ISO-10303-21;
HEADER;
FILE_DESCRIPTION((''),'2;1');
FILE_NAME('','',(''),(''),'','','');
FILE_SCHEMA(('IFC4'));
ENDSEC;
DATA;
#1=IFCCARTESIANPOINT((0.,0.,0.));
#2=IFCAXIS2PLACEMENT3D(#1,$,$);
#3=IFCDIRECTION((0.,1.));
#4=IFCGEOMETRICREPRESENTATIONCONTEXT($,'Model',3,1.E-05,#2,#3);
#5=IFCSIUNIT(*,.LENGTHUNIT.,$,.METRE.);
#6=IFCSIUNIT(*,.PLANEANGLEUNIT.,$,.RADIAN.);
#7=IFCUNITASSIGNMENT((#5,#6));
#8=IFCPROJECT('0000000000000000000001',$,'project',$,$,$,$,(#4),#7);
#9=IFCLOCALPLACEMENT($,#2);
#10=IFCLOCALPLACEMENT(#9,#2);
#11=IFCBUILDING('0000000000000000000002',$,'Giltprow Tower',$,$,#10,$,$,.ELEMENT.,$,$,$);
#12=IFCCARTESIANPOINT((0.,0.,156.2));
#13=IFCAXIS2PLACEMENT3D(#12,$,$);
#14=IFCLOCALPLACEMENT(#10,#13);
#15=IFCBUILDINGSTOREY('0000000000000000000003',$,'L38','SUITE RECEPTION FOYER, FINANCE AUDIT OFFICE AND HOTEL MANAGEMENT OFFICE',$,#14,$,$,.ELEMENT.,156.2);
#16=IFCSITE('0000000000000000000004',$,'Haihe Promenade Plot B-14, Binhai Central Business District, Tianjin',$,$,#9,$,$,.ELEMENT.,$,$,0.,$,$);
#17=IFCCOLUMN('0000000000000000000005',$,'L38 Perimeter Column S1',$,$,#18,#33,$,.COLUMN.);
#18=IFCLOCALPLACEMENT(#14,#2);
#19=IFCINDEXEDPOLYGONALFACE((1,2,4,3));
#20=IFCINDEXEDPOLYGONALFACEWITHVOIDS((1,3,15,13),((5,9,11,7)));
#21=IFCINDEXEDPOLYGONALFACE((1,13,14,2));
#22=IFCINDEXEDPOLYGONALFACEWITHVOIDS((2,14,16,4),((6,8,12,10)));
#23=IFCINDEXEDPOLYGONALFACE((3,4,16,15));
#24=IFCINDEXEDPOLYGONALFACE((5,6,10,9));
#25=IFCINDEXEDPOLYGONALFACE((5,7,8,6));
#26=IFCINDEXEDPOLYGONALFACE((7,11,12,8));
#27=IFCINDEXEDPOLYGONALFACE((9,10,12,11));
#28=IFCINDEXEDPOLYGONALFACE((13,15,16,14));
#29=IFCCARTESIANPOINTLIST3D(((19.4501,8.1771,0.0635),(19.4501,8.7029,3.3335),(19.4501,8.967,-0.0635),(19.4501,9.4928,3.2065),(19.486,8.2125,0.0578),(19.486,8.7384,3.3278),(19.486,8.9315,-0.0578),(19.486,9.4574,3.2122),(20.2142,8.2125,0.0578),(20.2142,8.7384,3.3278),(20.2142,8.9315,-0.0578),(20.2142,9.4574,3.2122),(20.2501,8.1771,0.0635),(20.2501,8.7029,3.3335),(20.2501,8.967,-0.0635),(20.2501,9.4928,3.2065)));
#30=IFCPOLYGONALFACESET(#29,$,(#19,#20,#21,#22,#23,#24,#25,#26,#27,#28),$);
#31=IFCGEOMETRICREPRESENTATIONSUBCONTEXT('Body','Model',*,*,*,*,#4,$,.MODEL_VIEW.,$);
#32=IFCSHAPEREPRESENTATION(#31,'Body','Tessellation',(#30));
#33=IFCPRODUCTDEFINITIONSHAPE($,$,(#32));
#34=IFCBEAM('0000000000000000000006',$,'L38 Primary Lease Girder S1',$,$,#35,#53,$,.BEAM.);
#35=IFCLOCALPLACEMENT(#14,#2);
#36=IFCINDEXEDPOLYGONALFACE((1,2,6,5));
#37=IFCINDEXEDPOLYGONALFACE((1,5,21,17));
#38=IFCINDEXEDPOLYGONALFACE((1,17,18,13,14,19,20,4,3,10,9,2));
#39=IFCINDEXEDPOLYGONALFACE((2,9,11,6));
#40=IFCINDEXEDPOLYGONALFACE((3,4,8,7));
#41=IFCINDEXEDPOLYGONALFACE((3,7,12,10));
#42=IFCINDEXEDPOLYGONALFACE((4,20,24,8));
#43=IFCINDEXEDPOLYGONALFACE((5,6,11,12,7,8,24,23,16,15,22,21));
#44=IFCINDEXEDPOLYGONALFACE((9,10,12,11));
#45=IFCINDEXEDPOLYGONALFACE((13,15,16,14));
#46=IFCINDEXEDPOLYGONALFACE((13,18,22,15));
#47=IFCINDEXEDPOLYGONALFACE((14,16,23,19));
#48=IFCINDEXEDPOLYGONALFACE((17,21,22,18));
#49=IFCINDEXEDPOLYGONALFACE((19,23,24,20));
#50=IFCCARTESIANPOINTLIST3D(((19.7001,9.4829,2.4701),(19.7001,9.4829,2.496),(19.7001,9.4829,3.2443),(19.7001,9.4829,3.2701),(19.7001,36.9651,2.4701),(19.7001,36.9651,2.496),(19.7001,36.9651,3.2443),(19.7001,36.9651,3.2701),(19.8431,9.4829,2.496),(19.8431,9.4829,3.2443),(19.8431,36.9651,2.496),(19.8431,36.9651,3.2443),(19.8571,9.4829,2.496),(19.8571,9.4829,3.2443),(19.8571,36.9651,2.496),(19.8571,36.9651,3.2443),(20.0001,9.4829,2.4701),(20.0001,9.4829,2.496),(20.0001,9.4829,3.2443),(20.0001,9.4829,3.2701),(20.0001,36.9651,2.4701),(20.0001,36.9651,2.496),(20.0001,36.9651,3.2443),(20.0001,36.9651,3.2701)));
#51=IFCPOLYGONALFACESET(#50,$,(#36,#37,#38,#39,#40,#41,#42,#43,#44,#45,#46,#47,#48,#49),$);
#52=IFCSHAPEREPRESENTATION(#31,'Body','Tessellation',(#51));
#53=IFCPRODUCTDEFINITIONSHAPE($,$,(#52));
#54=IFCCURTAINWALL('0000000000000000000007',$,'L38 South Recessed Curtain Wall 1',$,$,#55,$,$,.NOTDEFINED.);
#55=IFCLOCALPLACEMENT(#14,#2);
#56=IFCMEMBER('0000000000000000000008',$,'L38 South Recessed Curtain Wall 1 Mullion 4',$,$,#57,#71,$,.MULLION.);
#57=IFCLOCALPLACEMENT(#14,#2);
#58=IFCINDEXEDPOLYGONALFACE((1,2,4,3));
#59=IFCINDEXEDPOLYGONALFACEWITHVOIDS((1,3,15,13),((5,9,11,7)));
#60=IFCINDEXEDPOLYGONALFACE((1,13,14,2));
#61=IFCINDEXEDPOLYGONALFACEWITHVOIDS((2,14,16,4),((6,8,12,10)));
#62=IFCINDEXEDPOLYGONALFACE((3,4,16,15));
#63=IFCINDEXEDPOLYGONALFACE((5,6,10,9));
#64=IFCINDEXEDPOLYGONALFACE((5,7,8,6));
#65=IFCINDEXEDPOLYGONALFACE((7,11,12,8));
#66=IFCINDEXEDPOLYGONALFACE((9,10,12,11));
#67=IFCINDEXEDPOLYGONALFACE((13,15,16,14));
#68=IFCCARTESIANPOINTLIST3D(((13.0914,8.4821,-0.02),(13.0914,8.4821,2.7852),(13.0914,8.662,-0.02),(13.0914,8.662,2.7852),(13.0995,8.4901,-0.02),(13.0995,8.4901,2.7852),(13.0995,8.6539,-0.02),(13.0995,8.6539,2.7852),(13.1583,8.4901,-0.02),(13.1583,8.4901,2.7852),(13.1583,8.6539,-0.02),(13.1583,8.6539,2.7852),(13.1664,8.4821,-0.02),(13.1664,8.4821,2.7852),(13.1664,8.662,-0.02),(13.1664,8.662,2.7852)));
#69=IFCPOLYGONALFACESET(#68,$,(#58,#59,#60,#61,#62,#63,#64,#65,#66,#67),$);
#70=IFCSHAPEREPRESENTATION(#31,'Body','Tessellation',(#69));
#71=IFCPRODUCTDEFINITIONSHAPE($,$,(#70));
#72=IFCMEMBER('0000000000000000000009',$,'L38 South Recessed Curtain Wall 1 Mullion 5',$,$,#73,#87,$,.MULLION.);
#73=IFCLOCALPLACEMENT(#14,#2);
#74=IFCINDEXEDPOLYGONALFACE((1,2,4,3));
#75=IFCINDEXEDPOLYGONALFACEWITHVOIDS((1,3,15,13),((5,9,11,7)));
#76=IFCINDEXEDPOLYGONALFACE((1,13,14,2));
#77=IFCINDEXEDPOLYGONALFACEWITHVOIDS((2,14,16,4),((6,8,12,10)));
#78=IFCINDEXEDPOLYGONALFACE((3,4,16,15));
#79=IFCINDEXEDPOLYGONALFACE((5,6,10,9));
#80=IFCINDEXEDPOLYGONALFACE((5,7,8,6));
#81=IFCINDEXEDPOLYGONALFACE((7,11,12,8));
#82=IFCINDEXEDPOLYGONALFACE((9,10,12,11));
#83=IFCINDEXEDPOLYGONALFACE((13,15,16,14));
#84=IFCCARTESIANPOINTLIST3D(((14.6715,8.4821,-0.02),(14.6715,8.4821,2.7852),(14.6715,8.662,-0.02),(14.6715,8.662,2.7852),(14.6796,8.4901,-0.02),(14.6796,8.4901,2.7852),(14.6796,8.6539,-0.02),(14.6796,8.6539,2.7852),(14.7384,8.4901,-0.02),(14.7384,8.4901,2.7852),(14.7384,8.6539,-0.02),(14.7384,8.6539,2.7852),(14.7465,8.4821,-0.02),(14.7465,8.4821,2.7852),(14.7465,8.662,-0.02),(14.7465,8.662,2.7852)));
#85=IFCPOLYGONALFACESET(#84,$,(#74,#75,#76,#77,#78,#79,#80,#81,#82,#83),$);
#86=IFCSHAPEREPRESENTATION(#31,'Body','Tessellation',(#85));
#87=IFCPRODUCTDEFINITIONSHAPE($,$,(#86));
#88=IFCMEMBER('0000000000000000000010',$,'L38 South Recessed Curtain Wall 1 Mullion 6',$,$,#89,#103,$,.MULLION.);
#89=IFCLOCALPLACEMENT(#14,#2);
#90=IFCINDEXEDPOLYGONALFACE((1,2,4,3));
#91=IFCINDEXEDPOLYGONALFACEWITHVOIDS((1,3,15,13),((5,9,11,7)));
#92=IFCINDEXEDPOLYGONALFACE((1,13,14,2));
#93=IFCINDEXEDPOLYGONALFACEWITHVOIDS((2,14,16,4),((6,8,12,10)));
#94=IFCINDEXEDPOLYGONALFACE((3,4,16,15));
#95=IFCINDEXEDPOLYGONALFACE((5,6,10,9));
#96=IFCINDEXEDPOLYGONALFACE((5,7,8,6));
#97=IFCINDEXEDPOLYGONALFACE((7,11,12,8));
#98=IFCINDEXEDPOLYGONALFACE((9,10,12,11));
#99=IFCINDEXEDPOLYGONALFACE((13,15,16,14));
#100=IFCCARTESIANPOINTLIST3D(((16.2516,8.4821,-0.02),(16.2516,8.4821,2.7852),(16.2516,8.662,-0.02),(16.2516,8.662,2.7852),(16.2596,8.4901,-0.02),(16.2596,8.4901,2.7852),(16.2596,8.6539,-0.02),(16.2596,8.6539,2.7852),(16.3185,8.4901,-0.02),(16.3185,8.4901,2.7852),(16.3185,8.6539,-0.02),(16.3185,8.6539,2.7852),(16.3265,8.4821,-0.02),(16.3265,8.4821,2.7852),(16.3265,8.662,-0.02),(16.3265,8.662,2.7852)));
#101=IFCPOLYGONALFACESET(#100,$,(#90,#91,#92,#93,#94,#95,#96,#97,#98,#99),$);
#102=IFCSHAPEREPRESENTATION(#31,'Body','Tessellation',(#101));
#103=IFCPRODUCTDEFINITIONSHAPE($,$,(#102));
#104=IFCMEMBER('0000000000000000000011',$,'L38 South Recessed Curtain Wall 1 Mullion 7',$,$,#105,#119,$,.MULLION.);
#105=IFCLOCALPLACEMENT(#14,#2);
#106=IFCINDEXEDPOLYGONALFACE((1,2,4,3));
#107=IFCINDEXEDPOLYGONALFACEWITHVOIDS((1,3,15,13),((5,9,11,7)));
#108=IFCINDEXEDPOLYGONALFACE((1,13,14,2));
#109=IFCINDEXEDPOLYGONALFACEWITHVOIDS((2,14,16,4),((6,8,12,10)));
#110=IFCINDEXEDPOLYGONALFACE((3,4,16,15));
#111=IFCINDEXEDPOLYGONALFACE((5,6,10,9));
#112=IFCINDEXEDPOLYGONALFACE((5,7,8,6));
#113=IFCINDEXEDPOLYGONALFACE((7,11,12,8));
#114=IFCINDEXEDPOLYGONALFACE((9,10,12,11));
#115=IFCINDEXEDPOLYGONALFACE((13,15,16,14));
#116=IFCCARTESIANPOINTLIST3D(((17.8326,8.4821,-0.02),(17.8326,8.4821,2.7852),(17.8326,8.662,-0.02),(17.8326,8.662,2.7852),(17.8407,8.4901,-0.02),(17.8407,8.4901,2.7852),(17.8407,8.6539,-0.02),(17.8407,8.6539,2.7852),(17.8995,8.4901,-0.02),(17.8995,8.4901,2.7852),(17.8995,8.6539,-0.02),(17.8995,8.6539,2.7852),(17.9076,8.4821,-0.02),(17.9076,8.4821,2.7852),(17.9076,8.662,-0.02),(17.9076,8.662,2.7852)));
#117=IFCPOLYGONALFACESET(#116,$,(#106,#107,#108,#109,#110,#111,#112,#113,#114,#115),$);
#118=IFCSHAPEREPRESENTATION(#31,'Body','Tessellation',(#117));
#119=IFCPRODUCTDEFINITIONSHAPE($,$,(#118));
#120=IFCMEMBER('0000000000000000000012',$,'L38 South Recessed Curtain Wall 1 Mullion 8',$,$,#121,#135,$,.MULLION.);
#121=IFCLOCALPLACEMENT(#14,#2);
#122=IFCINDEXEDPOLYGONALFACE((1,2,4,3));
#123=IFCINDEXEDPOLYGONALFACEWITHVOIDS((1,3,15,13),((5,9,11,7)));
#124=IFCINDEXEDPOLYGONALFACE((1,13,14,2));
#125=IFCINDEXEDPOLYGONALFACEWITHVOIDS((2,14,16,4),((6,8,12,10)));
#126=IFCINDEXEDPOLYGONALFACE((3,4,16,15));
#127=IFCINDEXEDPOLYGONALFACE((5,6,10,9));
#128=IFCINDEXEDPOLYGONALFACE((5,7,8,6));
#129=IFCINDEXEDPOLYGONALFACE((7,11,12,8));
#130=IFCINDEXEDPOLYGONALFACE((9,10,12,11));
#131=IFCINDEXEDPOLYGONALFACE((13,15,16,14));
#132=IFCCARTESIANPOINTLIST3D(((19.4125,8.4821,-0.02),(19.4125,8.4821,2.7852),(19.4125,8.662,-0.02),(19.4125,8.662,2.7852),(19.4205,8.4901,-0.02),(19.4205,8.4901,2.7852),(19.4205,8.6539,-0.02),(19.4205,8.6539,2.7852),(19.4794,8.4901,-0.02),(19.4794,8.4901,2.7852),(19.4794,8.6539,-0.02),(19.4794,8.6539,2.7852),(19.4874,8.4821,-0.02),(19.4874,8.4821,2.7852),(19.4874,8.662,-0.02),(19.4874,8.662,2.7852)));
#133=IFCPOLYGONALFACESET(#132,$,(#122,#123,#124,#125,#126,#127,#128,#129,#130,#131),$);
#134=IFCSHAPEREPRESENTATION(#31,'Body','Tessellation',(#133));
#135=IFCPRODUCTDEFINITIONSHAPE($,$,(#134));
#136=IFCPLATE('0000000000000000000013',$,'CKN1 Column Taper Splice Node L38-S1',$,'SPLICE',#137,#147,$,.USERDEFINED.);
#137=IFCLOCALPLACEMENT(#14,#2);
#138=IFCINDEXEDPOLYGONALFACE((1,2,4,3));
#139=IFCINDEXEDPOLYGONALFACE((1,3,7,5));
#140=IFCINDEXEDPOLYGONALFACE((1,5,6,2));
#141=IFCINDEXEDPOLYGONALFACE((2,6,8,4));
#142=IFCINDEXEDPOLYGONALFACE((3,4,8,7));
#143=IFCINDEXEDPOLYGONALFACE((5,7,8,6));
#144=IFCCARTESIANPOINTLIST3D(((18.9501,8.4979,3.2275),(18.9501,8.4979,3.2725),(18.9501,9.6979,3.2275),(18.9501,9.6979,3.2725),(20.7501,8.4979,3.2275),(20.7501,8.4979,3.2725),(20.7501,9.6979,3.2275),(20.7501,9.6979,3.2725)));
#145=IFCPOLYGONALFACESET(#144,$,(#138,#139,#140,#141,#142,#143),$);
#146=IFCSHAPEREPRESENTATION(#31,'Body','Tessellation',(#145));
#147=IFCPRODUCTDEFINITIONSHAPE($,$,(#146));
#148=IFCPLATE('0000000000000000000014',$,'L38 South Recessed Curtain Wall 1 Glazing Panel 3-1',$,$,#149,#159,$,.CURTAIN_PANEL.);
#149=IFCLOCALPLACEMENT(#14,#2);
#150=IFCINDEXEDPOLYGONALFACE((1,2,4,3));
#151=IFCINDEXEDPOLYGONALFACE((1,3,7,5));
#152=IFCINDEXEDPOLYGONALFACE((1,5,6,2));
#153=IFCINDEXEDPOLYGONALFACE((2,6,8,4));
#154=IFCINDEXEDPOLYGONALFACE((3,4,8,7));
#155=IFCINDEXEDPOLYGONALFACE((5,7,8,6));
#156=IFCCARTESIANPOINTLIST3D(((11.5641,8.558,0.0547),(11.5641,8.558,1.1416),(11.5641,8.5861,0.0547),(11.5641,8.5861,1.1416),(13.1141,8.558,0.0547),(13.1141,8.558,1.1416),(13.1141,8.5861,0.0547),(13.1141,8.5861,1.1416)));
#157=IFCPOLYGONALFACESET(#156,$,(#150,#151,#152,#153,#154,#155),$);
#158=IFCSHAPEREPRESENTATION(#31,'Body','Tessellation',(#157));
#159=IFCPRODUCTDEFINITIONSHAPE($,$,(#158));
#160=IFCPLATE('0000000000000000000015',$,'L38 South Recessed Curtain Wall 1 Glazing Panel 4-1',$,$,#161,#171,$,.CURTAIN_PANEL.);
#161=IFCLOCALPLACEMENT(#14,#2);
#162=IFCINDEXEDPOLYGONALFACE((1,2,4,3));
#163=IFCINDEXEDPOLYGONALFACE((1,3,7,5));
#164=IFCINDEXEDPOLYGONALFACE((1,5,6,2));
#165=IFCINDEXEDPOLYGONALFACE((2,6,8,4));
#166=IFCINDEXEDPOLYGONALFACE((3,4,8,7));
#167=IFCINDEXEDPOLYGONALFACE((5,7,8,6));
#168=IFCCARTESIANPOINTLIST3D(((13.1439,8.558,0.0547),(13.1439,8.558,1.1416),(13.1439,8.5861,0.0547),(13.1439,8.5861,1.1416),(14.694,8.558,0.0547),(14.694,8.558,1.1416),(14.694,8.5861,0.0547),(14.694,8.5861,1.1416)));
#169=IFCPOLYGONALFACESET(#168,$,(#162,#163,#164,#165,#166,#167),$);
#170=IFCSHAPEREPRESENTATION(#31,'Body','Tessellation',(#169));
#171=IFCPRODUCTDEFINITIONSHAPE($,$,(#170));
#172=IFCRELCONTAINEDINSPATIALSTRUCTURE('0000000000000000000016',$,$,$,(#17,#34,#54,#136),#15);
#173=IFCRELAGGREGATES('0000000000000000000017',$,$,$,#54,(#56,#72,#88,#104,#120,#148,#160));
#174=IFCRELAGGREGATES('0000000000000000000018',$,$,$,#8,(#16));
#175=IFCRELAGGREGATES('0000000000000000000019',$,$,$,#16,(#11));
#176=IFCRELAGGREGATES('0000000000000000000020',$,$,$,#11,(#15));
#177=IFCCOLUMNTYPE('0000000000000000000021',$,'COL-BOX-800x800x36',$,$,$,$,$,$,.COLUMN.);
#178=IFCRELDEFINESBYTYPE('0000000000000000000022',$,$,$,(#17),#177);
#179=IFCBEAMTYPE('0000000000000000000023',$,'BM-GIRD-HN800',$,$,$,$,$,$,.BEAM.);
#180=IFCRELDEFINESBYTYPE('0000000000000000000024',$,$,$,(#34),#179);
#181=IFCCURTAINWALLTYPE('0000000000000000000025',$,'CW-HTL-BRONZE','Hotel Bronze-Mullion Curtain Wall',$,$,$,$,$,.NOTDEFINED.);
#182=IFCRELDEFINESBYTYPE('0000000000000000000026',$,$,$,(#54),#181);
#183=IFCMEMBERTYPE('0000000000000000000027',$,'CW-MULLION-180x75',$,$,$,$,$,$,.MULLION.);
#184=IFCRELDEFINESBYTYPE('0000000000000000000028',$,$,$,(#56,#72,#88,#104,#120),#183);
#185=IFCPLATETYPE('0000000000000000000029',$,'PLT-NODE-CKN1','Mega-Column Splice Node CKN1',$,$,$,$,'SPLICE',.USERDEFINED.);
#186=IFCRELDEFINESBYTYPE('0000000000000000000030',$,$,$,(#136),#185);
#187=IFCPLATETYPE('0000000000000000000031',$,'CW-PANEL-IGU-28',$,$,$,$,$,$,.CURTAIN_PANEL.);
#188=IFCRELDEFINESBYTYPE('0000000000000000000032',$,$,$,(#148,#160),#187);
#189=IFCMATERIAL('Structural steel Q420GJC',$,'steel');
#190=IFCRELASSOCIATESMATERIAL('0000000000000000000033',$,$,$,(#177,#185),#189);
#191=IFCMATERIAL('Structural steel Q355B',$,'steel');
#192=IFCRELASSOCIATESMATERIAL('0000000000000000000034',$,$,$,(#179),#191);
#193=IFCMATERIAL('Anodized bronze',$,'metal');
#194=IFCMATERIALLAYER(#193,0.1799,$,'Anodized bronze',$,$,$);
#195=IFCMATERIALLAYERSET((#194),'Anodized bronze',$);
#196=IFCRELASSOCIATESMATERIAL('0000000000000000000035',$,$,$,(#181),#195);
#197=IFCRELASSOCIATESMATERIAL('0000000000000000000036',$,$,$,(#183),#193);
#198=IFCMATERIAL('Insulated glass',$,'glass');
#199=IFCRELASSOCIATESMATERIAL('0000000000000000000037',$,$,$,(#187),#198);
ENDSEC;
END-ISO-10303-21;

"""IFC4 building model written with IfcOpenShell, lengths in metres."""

from ifc_helpers import new_model, si_unit, direction, frame, origin, origin_2d, place, context, subcontext, project, spatial, rectangle, hollow_rectangle, i_section, extrude, source, transform, mapped, material, layer, layer_set, material_profile, profile_set, type_object, element, aggregate, save


model = new_model("IFC4")

# Units and contexts
model_context = context("Model", 3, precision=1e-05, world=origin(), true_north=direction((0.0, 1.0)))
body_context = subcontext(model_context, "Body", "Model", "MODEL_VIEW")
ifc_project = project(units=[si_unit("LENGTHUNIT", "METRE"), si_unit("PLANEANGLEUNIT", "RADIAN")], contexts=[model_context])

# Site, building, storey
site_placement = place(None, origin())
site = spatial("IfcSite", under=ifc_project, at=site_placement, Name="Haihe Promenade Plot B-14, Binhai Central Business District, Tianjin", CompositionType="ELEMENT", RefElevation=0.0)
building_placement = place(site_placement, origin())
building = spatial("IfcBuilding", under=site, at=building_placement, Name="Giltprow Tower", CompositionType="ELEMENT")
storey_placement = place(building_placement, frame((0.0, 0.0, 156.2)))
storey = spatial("IfcBuildingStorey", under=building, at=storey_placement, Name="L38", Description="SUITE RECEPTION FOYER, FINANCE AUDIT OFFICE AND HOTEL MANAGEMENT OFFICE", CompositionType="ELEMENT", Elevation=156.2)

# Column
ifc_material_1 = material(Name="Structural steel Q420GJC", Category="steel")
ifc_material_profile_1 = material_profile(ifc_material_1, hollow_rectangle(XDim=0.8, YDim=0.8, WallThickness=0.0359, at=origin_2d()), Name="BOX 800x800x36")
ifc_profile_set_1 = profile_set([ifc_material_profile_1], Name="Structural steel Q420GJC")
column_type = type_object("IfcColumnType", Name="COL-BOX-800x800x36", PredefinedType="COLUMN", material=ifc_profile_set_1)
shared_shape_1 = source(origin(), body_context, "Body", "SweptSolid", [
    extrude(hollow_rectangle(XDim=0.8, YDim=0.8, WallThickness=0.0359, at=origin_2d()), origin(), (0.0, 0.0, 1.0), 3.312),
])
column_placement = place(storey_placement, frame((19.8501, 8.572, 0.0), z_axis=(0.0, 0.158778, 0.987314), x_axis=(-1.0, 0.0, 0.0)))
element("IfcColumn", 1, at=column_placement, inside=storey, type_object=column_type, Name="L38 Perimeter Column S1", PredefinedType="COLUMN", context=body_context, shape_type="MappedRepresentation", body=[
    mapped(shared_shape_1, transform((0.0, 0.0, 0.0), x_axis=(1.0, 0.0, 0.0), y_axis=(0.0, 1.0, 0.0), z_axis=(0.0, 0.0, 1.0), scale=1.0)),
])

# Beam
ifc_material_2 = material(Name="Structural steel Q355B", Category="steel")
ifc_material_profile_2 = material_profile(ifc_material_2, i_section(OverallWidth=0.3, OverallDepth=0.8, WebThickness=0.0139, FlangeThickness=0.0259, at=origin_2d()), Name="HN 800x300x14x26")
ifc_profile_set_2 = profile_set([ifc_material_profile_2], Name="Structural steel Q355B")
beam_type = type_object("IfcBeamType", Name="BM-GIRD-HN800", PredefinedType="BEAM", material=ifc_profile_set_2)
shared_shape_2 = source(origin(), body_context, "Body", "SweptSolid", [
    extrude(i_section(OverallWidth=0.3, OverallDepth=0.8, WebThickness=0.0139, FlangeThickness=0.0259, at=origin_2d()), origin(), (0.0, 0.0, 1.0), 27.4822),
])
beam_placement = place(storey_placement, frame((19.8501, 9.4829, 2.8701), z_axis=(0.0, 1.0, 0.0), x_axis=(-1.0, 0.0, 0.0)))
element("IfcBeam", 2, at=beam_placement, inside=storey, type_object=beam_type, Name="L38 Primary Lease Girder S1", PredefinedType="BEAM", context=body_context, shape_type="MappedRepresentation", body=[
    mapped(shared_shape_2, transform((0.0, 0.0, 0.0), x_axis=(1.0, 0.0, 0.0), y_axis=(0.0, 1.0, 0.0), z_axis=(0.0, 0.0, 1.0), scale=1.0)),
])

# Curtain wall, members
ifc_material_3 = material(Name="Anodized bronze", Category="metal")
ifc_layer = layer(ifc_material_3, 0.1799, Name="Anodized bronze")
ifc_layer_set = layer_set([ifc_layer], Name="Anodized bronze")
curtain_wall_type = type_object("IfcCurtainWallType", Name="CW-HTL-BRONZE", Description="Hotel Bronze-Mullion Curtain Wall", PredefinedType="NOTDEFINED", material=ifc_layer_set)
curtain_wall_placement = place(storey_placement, origin())
curtain_wall = element("IfcCurtainWall", 3, at=curtain_wall_placement, inside=storey, type_object=curtain_wall_type, Name="L38 South Recessed Curtain Wall 1", PredefinedType="NOTDEFINED")
ifc_material_profile_3 = material_profile(ifc_material_3, hollow_rectangle(XDim=0.075, YDim=0.1799, WallThickness=0.0081, at=origin_2d()), Name="RHS 180x75x8")
ifc_profile_set_3 = profile_set([ifc_material_profile_3], Name="Anodized bronze")
member_type = type_object("IfcMemberType", Name="CW-MULLION-180x75", PredefinedType="MULLION", material=ifc_profile_set_3)
shared_shape_3 = source(origin(), body_context, "Body", "SweptSolid", [
    extrude(hollow_rectangle(XDim=0.075, YDim=0.1799, WallThickness=0.0081, at=origin_2d()), origin(), (0.0, 0.0, 1.0), 2.8052),
])
member_1_placement = place(storey_placement, frame((13.1289, 8.572, -0.02), z_axis=(0.0, 0.0, 1.0), x_axis=(1.0, 0.0, 0.0)))
member_1 = element("IfcMember", 4, at=member_1_placement, type_object=member_type, Name="L38 South Recessed Curtain Wall 1 Mullion 4", PredefinedType="MULLION", context=body_context, shape_type="MappedRepresentation", body=[
    mapped(shared_shape_3, transform((0.0, 0.0, 0.0), x_axis=(1.0, 0.0, 0.0), y_axis=(0.0, 1.0, 0.0), z_axis=(0.0, 0.0, 1.0), scale=1.0)),
])
member_2_placement = place(storey_placement, frame((14.709, 8.572, -0.02), z_axis=(0.0, 0.0, 1.0), x_axis=(1.0, 0.0, 0.0)))
member_2 = element("IfcMember", 5, at=member_2_placement, type_object=member_type, Name="L38 South Recessed Curtain Wall 1 Mullion 5", PredefinedType="MULLION", context=body_context, shape_type="MappedRepresentation", body=[
    mapped(shared_shape_3, transform((0.0, 0.0, 0.0), x_axis=(1.0, 0.0, 0.0), y_axis=(0.0, 1.0, 0.0), z_axis=(0.0, 0.0, 1.0), scale=1.0)),
])
member_3_placement = place(storey_placement, frame((16.2891, 8.572, -0.02), z_axis=(0.0, 0.0, 1.0), x_axis=(1.0, 0.0, 0.0)))
member_3 = element("IfcMember", 6, at=member_3_placement, type_object=member_type, Name="L38 South Recessed Curtain Wall 1 Mullion 6", PredefinedType="MULLION", context=body_context, shape_type="MappedRepresentation", body=[
    mapped(shared_shape_3, transform((0.0, 0.0, 0.0), x_axis=(1.0, 0.0, 0.0), y_axis=(0.0, 1.0, 0.0), z_axis=(0.0, 0.0, 1.0), scale=1.0)),
])
member_4_placement = place(storey_placement, frame((17.8701, 8.572, -0.02), z_axis=(0.0, 0.0, 1.0), x_axis=(1.0, 0.0, 0.0)))
member_4 = element("IfcMember", 7, at=member_4_placement, type_object=member_type, Name="L38 South Recessed Curtain Wall 1 Mullion 7", PredefinedType="MULLION", context=body_context, shape_type="MappedRepresentation", body=[
    mapped(shared_shape_3, transform((0.0, 0.0, 0.0), x_axis=(1.0, 0.0, 0.0), y_axis=(0.0, 1.0, 0.0), z_axis=(0.0, 0.0, 1.0), scale=1.0)),
])
member_5_placement = place(storey_placement, frame((19.45, 8.572, -0.02), z_axis=(0.0, 0.0, 1.0), x_axis=(1.0, 0.0, 0.0)))
member_5 = element("IfcMember", 8, at=member_5_placement, type_object=member_type, Name="L38 South Recessed Curtain Wall 1 Mullion 8", PredefinedType="MULLION", context=body_context, shape_type="MappedRepresentation", body=[
    mapped(shared_shape_3, transform((0.0, 0.0, 0.0), x_axis=(1.0, 0.0, 0.0), y_axis=(0.0, 1.0, 0.0), z_axis=(0.0, 0.0, 1.0), scale=1.0)),
])

# Plates
plate_type_1 = type_object("IfcPlateType", Name="PLT-NODE-CKN1", Description="Mega-Column Splice Node CKN1", ElementType="SPLICE", PredefinedType="USERDEFINED", material=ifc_material_1)
shared_shape_4 = source(origin(), body_context, "Body", "SweptSolid", [
    extrude(rectangle(XDim=1.8, YDim=1.2, at=origin_2d()), origin(), (0.0, 0.0, 1.0), 0.0449),
])
plate_1_placement = place(storey_placement, frame((19.8501, 9.0979, 3.2275), z_axis=(0.0, 0.0, 1.0), x_axis=(1.0, 0.0, 0.0)))
element("IfcPlate", 9, at=plate_1_placement, inside=storey, type_object=plate_type_1, Name="CKN1 Column Taper Splice Node L38-S1", ObjectType="SPLICE", PredefinedType="USERDEFINED", context=body_context, shape_type="MappedRepresentation", body=[
    mapped(shared_shape_4, transform((0.0, 0.0, 0.0), x_axis=(1.0, 0.0, 0.0), y_axis=(0.0, 1.0, 0.0), z_axis=(0.0, 0.0, 1.0), scale=1.0)),
])
ifc_material_4 = material(Name="Insulated glass", Category="glass")
plate_type_2 = type_object("IfcPlateType", Name="CW-PANEL-IGU-28", PredefinedType="CURTAIN_PANEL", material=ifc_material_4)
shared_shape_5 = source(origin(), body_context, "Body", "SweptSolid", [
    extrude(rectangle(XDim=1.55, YDim=0.0281, at=origin_2d()), origin(), (0.0, 0.0, 1.0), 1.0869),
])
plate_2_placement = place(storey_placement, frame((12.3391, 8.572, 0.0547), z_axis=(0.0, 0.0, 1.0), x_axis=(1.0, 0.0, 0.0)))
plate_2 = element("IfcPlate", 10, at=plate_2_placement, type_object=plate_type_2, Name="L38 South Recessed Curtain Wall 1 Glazing Panel 3-1", PredefinedType="CURTAIN_PANEL", context=body_context, shape_type="MappedRepresentation", body=[
    mapped(shared_shape_5, transform((0.0, 0.0, 0.0), x_axis=(1.0, 0.0, 0.0), y_axis=(0.0, 1.0, 0.0), z_axis=(0.0, 0.0, 1.0), scale=1.0)),
])
plate_3_placement = place(storey_placement, frame((13.9189, 8.572, 0.0547), z_axis=(0.0, 0.0, 1.0), x_axis=(1.0, 0.0, 0.0)))
plate_3 = element("IfcPlate", 11, at=plate_3_placement, type_object=plate_type_2, Name="L38 South Recessed Curtain Wall 1 Glazing Panel 4-1", PredefinedType="CURTAIN_PANEL", context=body_context, shape_type="MappedRepresentation", body=[
    mapped(shared_shape_5, transform((0.0, 0.0, 0.0), x_axis=(1.0, 0.0, 0.0), y_axis=(0.0, 1.0, 0.0), z_axis=(0.0, 0.0, 1.0), scale=1.0)),
])
aggregate(curtain_wall, [member_1, member_2, member_3, member_4, member_5, plate_2, plate_3])

save(model, "model.ifc")
